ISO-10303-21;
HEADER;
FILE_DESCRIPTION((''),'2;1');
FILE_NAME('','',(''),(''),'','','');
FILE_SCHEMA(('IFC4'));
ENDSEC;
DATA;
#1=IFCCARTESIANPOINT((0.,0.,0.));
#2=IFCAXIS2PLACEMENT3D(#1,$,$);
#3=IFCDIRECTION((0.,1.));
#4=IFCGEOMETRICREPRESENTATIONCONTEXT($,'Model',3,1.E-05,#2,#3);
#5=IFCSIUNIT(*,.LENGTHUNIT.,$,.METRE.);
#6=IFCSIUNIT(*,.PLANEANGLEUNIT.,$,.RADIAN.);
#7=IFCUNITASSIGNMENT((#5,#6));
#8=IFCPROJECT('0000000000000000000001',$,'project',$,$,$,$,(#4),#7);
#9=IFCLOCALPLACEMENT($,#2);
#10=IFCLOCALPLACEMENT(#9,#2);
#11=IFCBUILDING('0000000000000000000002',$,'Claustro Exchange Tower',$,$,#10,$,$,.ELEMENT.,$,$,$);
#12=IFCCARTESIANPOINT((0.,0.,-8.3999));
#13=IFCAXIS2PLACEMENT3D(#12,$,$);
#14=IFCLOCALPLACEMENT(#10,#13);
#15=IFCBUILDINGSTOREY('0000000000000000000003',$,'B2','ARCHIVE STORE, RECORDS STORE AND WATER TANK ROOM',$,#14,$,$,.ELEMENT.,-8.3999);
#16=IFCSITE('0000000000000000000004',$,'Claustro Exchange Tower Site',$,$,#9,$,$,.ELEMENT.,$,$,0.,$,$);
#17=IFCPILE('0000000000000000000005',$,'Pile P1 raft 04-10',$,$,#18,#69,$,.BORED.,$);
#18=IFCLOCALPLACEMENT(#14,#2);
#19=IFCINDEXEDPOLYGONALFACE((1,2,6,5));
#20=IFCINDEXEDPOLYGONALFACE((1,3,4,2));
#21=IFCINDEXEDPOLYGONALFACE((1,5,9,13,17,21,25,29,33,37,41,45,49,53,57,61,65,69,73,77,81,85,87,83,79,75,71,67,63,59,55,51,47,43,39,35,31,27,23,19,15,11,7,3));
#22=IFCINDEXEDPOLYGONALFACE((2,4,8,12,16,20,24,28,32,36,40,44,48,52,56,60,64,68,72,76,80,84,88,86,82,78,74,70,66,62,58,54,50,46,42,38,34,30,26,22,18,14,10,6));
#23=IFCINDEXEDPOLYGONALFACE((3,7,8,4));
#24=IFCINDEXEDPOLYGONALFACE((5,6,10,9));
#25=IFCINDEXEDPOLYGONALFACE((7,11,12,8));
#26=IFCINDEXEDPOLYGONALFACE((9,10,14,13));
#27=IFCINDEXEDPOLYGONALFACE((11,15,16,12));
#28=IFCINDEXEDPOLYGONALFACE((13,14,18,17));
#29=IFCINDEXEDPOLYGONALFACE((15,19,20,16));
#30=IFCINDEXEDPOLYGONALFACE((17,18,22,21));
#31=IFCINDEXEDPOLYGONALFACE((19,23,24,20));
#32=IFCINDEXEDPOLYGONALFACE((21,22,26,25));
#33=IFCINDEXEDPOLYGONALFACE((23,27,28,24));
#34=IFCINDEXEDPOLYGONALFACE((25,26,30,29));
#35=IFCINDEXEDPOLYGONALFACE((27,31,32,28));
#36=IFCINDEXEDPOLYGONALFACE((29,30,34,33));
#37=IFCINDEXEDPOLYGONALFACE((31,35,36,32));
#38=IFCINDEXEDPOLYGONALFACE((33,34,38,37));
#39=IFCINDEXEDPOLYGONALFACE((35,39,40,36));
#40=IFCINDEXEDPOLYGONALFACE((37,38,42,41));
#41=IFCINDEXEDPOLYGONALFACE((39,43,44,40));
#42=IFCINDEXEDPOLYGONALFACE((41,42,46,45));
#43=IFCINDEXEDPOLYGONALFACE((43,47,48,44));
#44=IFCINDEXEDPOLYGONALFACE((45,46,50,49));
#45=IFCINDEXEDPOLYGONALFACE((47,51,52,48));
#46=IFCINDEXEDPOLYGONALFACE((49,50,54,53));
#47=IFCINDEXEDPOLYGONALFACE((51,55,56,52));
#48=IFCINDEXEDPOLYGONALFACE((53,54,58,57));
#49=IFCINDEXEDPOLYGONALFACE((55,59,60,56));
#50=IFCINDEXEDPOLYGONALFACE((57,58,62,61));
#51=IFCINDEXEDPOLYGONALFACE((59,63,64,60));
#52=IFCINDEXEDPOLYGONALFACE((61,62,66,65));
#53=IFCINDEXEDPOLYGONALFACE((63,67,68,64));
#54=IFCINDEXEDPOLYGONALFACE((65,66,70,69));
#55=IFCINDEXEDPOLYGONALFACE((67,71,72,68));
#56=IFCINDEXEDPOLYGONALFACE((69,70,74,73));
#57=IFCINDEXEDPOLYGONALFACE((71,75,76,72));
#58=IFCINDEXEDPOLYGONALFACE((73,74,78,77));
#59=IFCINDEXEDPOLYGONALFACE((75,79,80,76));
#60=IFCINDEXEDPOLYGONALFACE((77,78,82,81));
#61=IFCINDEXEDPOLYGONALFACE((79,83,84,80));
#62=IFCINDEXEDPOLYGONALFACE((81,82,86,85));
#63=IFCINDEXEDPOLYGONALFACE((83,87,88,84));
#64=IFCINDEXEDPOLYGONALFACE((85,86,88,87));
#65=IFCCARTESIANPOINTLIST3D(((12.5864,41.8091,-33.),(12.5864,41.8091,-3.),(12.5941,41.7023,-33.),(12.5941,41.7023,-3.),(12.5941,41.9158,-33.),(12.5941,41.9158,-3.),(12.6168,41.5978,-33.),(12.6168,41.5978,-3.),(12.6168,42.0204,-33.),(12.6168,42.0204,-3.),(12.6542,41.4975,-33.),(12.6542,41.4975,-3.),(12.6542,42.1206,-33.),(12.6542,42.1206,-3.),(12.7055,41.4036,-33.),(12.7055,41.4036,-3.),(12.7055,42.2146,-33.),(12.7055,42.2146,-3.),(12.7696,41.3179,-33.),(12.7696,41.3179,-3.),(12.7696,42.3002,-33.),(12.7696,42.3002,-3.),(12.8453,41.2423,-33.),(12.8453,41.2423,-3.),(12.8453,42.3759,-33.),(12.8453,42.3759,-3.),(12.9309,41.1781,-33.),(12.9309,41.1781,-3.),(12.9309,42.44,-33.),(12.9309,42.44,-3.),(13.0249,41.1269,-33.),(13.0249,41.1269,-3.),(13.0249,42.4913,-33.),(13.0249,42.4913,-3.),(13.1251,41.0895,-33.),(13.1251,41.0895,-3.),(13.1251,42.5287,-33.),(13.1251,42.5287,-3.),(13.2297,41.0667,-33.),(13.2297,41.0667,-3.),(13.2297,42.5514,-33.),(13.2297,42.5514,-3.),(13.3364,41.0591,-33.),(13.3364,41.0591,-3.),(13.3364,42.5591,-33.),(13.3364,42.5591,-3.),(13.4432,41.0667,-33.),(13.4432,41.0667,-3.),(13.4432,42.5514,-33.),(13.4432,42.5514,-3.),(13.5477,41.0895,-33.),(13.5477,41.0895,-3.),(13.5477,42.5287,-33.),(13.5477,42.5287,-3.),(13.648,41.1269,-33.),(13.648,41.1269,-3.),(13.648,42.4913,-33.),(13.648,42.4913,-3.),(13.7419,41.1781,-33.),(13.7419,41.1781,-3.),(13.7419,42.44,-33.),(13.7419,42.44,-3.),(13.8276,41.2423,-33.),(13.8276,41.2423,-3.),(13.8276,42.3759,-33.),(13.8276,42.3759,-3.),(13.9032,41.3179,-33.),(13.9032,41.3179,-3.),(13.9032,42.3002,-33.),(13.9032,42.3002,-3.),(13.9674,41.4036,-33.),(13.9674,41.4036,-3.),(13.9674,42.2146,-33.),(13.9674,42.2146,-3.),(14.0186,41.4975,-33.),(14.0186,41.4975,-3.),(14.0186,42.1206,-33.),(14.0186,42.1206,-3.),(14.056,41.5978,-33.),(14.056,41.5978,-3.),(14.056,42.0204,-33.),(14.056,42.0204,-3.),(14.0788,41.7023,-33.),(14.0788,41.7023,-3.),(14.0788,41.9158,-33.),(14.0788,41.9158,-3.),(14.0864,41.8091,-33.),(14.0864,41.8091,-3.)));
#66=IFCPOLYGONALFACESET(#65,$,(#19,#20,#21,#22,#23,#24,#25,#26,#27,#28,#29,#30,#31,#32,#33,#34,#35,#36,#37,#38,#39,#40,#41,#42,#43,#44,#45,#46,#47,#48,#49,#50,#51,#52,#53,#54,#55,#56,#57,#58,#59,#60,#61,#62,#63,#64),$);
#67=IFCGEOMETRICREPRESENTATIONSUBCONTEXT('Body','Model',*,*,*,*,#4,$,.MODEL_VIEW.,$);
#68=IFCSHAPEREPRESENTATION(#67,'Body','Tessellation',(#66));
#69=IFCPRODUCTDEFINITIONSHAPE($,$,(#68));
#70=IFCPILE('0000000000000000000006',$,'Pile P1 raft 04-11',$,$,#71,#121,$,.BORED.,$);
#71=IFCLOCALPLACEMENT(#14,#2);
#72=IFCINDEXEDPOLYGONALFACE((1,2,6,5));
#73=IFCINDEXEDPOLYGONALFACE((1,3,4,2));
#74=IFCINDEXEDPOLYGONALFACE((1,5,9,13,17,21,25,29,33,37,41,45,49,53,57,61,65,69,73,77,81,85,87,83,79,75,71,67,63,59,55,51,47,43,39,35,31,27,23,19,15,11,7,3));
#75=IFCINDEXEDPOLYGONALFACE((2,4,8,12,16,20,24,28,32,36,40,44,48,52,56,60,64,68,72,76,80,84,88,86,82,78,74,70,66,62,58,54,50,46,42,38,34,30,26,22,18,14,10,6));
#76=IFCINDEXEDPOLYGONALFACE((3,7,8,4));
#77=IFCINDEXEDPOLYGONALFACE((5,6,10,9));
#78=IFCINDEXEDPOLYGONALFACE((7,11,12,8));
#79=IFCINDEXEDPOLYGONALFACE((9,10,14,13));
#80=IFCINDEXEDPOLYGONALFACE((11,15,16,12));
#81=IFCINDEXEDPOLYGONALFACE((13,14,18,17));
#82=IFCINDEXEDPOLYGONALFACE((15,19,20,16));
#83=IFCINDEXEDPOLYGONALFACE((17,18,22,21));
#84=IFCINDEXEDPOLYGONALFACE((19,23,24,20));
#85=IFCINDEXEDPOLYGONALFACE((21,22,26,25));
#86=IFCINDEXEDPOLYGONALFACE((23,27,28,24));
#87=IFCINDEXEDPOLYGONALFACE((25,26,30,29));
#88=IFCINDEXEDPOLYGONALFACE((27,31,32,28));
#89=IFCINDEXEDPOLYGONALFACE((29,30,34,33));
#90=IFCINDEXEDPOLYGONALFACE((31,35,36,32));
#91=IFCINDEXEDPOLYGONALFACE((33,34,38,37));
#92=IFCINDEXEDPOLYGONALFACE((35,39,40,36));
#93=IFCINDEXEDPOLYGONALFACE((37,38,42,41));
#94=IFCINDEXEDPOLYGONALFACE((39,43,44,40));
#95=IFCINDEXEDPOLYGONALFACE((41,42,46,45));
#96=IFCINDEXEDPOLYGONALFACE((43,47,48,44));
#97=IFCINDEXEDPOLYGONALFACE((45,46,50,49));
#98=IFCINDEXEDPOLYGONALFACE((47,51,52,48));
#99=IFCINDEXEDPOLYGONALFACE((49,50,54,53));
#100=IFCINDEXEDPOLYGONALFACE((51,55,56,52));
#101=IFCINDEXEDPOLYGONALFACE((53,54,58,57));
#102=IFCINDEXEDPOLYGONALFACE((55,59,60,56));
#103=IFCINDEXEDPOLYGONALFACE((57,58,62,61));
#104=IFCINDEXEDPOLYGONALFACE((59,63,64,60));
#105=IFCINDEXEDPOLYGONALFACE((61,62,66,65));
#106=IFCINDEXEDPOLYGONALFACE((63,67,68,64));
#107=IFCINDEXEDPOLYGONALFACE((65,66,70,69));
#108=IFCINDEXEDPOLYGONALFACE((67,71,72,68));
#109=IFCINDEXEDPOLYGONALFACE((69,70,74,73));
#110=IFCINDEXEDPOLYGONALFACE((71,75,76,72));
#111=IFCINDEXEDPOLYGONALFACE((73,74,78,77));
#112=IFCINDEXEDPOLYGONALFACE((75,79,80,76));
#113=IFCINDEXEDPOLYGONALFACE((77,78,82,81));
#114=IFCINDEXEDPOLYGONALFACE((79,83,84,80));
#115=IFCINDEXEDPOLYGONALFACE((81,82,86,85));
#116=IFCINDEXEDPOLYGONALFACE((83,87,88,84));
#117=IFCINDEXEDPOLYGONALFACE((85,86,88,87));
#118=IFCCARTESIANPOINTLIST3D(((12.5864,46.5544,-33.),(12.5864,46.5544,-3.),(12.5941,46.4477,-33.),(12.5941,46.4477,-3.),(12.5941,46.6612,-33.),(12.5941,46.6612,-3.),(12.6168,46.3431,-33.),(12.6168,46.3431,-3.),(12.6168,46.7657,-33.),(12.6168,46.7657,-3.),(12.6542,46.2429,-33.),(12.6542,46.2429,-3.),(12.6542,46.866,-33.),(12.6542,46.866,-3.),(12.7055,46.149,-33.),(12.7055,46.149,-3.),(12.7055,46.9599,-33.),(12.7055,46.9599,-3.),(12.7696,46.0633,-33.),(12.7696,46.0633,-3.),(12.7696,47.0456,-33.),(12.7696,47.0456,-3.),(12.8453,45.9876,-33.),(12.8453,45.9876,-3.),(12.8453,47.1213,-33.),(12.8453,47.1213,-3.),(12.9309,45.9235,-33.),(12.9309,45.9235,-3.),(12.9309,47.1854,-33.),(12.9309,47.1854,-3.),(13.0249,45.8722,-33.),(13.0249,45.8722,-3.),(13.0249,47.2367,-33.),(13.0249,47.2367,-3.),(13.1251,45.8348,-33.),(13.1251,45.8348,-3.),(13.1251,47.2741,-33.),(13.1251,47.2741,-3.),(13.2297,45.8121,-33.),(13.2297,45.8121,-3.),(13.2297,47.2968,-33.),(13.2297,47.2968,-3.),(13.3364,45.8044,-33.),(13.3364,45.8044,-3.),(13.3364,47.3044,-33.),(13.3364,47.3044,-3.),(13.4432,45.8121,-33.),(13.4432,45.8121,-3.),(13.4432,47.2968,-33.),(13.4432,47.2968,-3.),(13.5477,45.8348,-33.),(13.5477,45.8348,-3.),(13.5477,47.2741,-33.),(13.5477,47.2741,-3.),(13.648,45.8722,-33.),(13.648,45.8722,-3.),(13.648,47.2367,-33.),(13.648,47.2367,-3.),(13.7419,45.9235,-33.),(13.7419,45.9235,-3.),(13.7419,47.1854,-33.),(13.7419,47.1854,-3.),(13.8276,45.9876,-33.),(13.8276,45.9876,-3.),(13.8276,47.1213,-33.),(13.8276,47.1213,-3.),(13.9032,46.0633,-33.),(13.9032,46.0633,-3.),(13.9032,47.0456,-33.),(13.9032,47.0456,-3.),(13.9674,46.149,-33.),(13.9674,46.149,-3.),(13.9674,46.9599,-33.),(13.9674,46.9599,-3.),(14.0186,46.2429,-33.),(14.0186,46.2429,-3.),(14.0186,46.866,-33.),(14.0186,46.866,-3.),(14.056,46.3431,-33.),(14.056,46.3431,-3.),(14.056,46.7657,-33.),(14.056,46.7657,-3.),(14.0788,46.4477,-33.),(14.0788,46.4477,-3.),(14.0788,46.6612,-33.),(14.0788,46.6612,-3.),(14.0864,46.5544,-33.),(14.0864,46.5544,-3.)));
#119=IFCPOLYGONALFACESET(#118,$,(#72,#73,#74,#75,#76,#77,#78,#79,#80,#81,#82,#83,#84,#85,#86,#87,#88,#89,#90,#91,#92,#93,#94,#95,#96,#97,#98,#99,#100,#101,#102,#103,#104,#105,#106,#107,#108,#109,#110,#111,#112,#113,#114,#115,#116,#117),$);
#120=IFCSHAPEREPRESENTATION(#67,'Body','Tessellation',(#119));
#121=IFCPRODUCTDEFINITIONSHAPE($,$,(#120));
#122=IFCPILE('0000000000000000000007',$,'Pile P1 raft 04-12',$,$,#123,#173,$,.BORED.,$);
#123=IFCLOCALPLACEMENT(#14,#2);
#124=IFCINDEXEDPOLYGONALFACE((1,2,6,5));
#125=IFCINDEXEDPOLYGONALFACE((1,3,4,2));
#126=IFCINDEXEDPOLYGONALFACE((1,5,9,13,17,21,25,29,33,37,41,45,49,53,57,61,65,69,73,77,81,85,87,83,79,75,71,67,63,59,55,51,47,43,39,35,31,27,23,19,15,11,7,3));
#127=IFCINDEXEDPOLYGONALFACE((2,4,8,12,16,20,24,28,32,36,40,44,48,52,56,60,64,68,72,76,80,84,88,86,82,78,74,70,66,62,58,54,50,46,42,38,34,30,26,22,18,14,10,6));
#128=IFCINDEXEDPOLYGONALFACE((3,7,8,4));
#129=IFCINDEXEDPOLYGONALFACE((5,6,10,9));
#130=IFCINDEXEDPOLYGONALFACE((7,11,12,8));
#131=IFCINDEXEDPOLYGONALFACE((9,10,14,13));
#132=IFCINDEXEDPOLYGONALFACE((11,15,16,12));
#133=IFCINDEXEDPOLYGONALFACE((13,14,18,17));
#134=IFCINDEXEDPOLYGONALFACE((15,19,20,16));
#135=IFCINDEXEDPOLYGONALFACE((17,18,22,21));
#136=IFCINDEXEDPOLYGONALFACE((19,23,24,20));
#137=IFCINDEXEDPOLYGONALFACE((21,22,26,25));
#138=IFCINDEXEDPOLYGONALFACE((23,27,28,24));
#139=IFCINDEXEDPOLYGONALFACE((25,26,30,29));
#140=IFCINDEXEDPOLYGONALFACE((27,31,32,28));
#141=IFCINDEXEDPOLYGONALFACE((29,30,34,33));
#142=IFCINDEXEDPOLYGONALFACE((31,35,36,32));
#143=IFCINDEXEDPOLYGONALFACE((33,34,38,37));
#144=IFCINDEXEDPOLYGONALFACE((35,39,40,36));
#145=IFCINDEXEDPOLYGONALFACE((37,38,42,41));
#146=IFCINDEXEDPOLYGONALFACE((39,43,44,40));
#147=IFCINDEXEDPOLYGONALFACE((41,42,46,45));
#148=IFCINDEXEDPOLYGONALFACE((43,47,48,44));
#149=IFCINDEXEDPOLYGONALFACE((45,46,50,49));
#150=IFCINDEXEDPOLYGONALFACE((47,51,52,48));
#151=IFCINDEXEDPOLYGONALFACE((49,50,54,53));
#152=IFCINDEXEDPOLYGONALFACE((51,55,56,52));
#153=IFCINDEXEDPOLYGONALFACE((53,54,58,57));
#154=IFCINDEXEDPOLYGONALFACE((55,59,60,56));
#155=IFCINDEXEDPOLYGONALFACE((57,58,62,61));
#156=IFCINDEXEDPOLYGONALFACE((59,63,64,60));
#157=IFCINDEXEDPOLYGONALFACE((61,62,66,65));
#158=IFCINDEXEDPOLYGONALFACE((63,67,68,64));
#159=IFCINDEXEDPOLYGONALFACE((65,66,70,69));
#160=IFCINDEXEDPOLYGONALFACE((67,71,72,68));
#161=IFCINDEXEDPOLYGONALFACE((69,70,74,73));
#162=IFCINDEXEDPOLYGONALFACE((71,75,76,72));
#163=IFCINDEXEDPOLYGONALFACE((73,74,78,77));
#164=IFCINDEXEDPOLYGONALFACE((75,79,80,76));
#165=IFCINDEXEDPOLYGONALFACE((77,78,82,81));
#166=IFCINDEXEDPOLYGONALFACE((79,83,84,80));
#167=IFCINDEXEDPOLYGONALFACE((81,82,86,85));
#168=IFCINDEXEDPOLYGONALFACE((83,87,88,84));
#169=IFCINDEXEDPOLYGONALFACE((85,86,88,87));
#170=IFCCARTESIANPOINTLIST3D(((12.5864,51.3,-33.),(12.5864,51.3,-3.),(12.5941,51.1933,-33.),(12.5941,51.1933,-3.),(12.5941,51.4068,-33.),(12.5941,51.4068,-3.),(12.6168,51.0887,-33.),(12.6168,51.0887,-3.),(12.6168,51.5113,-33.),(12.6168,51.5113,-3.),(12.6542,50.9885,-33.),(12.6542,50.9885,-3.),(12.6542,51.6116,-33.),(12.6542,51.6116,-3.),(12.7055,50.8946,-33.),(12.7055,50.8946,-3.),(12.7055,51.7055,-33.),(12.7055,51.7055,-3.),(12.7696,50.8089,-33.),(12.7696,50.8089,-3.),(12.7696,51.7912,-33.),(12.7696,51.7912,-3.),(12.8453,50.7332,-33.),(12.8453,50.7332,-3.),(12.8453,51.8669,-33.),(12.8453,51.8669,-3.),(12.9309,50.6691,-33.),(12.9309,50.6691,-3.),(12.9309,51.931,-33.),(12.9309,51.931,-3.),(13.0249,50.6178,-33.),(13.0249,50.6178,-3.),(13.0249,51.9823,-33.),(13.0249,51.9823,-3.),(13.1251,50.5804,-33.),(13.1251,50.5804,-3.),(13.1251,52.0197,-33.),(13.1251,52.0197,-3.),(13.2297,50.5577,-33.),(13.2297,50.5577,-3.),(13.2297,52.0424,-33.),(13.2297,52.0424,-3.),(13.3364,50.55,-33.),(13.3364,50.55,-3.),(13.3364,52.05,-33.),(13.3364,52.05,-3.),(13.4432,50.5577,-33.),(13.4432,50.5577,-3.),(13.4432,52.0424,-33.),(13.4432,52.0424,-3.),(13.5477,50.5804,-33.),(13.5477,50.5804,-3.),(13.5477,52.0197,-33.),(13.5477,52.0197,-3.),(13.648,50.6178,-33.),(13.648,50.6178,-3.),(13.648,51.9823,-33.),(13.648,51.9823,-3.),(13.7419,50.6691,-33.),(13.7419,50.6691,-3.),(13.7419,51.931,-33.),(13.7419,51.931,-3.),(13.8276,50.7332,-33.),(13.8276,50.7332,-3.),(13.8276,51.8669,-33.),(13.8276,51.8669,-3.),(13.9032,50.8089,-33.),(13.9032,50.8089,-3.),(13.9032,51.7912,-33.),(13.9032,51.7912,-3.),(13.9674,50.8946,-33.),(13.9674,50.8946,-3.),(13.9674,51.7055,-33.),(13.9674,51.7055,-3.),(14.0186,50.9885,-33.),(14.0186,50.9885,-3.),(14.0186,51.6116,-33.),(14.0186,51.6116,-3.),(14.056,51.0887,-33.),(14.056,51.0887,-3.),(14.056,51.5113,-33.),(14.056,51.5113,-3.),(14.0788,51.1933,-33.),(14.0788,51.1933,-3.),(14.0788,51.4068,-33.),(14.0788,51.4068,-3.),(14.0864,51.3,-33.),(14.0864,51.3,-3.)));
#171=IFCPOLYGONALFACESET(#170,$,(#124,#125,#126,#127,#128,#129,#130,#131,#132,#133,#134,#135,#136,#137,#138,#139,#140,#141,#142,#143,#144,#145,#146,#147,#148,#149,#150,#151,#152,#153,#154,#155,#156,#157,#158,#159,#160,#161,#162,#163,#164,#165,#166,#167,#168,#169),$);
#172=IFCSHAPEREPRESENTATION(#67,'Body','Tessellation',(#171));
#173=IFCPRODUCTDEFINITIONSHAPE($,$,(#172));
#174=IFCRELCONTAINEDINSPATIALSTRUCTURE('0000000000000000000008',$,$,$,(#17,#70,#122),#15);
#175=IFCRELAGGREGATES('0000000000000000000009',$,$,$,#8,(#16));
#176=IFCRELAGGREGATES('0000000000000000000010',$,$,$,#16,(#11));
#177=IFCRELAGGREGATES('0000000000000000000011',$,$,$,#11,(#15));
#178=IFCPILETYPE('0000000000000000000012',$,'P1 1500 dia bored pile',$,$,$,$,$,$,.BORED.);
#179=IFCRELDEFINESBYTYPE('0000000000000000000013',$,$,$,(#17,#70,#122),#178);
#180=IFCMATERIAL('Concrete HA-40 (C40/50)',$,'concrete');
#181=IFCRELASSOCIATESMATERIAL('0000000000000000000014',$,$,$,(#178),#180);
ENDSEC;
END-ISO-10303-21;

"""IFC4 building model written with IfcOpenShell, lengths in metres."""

from ifc_helpers import new_model, si_unit, direction, frame, origin, origin_2d, place, context, subcontext, project, spatial, circle, extrude, material, type_object, element, save


model = new_model("IFC4")

# Units and contexts
model_context = context("Model", 3, precision=1e-05, world=origin(), true_north=direction((0.0, 1.0)))
body_context = subcontext(model_context, "Body", "Model", "MODEL_VIEW")
ifc_project = project(units=[si_unit("LENGTHUNIT", "METRE"), si_unit("PLANEANGLEUNIT", "RADIAN")], contexts=[model_context])

# Site, building, storey
site_placement = place(None, origin())
site = spatial("IfcSite", under=ifc_project, at=site_placement, Name="Claustro Exchange Tower Site", CompositionType="ELEMENT", RefElevation=0.0)
building_placement = place(site_placement, origin())
building = spatial("IfcBuilding", under=site, at=building_placement, Name="Claustro Exchange Tower", CompositionType="ELEMENT")
storey_placement = place(building_placement, frame((0.0, 0.0, -8.3999)))
storey = spatial("IfcBuildingStorey", under=building, at=storey_placement, Name="B2", Description="ARCHIVE STORE, RECORDS STORE AND WATER TANK ROOM", CompositionType="ELEMENT", Elevation=-8.3999)

# Piles
ifc_material_1 = material(Name="Concrete HA-40 (C40/50)", Category="concrete")
pile_type_1 = type_object("IfcPileType", Name="P1 1500 dia bored pile", PredefinedType="BORED", material=ifc_material_1)
for number, where, z_axis, x_axis, name in (
    (1, (13.3364, 41.8091, -3.0), (0.0, 0.0, -1.0), (1.0, 0.0, 0.0), "Pile P1 raft 04-10"),
    (2, (13.3364, 46.5544, -3.0), (0.0, 0.0, -1.0), (1.0, 0.0, 0.0), "Pile P1 raft 04-11"),
    (3, (13.3364, 51.3, -3.0), (0.0, 0.0, -1.0), (1.0, 0.0, 0.0), "Pile P1 raft 04-12"),
):
    element("IfcPile", number, at=place(storey_placement, frame(where, z_axis=z_axis, x_axis=x_axis)), inside=storey, type_object=pile_type_1, Name=name, PredefinedType="BORED", context=body_context, shape_type="SweptSolid", body=[
        extrude(circle(Radius=0.75, at=origin_2d()), origin(), (0.0, 0.0, 1.0), 30.0),
    ])

save(model, "model.ifc")
